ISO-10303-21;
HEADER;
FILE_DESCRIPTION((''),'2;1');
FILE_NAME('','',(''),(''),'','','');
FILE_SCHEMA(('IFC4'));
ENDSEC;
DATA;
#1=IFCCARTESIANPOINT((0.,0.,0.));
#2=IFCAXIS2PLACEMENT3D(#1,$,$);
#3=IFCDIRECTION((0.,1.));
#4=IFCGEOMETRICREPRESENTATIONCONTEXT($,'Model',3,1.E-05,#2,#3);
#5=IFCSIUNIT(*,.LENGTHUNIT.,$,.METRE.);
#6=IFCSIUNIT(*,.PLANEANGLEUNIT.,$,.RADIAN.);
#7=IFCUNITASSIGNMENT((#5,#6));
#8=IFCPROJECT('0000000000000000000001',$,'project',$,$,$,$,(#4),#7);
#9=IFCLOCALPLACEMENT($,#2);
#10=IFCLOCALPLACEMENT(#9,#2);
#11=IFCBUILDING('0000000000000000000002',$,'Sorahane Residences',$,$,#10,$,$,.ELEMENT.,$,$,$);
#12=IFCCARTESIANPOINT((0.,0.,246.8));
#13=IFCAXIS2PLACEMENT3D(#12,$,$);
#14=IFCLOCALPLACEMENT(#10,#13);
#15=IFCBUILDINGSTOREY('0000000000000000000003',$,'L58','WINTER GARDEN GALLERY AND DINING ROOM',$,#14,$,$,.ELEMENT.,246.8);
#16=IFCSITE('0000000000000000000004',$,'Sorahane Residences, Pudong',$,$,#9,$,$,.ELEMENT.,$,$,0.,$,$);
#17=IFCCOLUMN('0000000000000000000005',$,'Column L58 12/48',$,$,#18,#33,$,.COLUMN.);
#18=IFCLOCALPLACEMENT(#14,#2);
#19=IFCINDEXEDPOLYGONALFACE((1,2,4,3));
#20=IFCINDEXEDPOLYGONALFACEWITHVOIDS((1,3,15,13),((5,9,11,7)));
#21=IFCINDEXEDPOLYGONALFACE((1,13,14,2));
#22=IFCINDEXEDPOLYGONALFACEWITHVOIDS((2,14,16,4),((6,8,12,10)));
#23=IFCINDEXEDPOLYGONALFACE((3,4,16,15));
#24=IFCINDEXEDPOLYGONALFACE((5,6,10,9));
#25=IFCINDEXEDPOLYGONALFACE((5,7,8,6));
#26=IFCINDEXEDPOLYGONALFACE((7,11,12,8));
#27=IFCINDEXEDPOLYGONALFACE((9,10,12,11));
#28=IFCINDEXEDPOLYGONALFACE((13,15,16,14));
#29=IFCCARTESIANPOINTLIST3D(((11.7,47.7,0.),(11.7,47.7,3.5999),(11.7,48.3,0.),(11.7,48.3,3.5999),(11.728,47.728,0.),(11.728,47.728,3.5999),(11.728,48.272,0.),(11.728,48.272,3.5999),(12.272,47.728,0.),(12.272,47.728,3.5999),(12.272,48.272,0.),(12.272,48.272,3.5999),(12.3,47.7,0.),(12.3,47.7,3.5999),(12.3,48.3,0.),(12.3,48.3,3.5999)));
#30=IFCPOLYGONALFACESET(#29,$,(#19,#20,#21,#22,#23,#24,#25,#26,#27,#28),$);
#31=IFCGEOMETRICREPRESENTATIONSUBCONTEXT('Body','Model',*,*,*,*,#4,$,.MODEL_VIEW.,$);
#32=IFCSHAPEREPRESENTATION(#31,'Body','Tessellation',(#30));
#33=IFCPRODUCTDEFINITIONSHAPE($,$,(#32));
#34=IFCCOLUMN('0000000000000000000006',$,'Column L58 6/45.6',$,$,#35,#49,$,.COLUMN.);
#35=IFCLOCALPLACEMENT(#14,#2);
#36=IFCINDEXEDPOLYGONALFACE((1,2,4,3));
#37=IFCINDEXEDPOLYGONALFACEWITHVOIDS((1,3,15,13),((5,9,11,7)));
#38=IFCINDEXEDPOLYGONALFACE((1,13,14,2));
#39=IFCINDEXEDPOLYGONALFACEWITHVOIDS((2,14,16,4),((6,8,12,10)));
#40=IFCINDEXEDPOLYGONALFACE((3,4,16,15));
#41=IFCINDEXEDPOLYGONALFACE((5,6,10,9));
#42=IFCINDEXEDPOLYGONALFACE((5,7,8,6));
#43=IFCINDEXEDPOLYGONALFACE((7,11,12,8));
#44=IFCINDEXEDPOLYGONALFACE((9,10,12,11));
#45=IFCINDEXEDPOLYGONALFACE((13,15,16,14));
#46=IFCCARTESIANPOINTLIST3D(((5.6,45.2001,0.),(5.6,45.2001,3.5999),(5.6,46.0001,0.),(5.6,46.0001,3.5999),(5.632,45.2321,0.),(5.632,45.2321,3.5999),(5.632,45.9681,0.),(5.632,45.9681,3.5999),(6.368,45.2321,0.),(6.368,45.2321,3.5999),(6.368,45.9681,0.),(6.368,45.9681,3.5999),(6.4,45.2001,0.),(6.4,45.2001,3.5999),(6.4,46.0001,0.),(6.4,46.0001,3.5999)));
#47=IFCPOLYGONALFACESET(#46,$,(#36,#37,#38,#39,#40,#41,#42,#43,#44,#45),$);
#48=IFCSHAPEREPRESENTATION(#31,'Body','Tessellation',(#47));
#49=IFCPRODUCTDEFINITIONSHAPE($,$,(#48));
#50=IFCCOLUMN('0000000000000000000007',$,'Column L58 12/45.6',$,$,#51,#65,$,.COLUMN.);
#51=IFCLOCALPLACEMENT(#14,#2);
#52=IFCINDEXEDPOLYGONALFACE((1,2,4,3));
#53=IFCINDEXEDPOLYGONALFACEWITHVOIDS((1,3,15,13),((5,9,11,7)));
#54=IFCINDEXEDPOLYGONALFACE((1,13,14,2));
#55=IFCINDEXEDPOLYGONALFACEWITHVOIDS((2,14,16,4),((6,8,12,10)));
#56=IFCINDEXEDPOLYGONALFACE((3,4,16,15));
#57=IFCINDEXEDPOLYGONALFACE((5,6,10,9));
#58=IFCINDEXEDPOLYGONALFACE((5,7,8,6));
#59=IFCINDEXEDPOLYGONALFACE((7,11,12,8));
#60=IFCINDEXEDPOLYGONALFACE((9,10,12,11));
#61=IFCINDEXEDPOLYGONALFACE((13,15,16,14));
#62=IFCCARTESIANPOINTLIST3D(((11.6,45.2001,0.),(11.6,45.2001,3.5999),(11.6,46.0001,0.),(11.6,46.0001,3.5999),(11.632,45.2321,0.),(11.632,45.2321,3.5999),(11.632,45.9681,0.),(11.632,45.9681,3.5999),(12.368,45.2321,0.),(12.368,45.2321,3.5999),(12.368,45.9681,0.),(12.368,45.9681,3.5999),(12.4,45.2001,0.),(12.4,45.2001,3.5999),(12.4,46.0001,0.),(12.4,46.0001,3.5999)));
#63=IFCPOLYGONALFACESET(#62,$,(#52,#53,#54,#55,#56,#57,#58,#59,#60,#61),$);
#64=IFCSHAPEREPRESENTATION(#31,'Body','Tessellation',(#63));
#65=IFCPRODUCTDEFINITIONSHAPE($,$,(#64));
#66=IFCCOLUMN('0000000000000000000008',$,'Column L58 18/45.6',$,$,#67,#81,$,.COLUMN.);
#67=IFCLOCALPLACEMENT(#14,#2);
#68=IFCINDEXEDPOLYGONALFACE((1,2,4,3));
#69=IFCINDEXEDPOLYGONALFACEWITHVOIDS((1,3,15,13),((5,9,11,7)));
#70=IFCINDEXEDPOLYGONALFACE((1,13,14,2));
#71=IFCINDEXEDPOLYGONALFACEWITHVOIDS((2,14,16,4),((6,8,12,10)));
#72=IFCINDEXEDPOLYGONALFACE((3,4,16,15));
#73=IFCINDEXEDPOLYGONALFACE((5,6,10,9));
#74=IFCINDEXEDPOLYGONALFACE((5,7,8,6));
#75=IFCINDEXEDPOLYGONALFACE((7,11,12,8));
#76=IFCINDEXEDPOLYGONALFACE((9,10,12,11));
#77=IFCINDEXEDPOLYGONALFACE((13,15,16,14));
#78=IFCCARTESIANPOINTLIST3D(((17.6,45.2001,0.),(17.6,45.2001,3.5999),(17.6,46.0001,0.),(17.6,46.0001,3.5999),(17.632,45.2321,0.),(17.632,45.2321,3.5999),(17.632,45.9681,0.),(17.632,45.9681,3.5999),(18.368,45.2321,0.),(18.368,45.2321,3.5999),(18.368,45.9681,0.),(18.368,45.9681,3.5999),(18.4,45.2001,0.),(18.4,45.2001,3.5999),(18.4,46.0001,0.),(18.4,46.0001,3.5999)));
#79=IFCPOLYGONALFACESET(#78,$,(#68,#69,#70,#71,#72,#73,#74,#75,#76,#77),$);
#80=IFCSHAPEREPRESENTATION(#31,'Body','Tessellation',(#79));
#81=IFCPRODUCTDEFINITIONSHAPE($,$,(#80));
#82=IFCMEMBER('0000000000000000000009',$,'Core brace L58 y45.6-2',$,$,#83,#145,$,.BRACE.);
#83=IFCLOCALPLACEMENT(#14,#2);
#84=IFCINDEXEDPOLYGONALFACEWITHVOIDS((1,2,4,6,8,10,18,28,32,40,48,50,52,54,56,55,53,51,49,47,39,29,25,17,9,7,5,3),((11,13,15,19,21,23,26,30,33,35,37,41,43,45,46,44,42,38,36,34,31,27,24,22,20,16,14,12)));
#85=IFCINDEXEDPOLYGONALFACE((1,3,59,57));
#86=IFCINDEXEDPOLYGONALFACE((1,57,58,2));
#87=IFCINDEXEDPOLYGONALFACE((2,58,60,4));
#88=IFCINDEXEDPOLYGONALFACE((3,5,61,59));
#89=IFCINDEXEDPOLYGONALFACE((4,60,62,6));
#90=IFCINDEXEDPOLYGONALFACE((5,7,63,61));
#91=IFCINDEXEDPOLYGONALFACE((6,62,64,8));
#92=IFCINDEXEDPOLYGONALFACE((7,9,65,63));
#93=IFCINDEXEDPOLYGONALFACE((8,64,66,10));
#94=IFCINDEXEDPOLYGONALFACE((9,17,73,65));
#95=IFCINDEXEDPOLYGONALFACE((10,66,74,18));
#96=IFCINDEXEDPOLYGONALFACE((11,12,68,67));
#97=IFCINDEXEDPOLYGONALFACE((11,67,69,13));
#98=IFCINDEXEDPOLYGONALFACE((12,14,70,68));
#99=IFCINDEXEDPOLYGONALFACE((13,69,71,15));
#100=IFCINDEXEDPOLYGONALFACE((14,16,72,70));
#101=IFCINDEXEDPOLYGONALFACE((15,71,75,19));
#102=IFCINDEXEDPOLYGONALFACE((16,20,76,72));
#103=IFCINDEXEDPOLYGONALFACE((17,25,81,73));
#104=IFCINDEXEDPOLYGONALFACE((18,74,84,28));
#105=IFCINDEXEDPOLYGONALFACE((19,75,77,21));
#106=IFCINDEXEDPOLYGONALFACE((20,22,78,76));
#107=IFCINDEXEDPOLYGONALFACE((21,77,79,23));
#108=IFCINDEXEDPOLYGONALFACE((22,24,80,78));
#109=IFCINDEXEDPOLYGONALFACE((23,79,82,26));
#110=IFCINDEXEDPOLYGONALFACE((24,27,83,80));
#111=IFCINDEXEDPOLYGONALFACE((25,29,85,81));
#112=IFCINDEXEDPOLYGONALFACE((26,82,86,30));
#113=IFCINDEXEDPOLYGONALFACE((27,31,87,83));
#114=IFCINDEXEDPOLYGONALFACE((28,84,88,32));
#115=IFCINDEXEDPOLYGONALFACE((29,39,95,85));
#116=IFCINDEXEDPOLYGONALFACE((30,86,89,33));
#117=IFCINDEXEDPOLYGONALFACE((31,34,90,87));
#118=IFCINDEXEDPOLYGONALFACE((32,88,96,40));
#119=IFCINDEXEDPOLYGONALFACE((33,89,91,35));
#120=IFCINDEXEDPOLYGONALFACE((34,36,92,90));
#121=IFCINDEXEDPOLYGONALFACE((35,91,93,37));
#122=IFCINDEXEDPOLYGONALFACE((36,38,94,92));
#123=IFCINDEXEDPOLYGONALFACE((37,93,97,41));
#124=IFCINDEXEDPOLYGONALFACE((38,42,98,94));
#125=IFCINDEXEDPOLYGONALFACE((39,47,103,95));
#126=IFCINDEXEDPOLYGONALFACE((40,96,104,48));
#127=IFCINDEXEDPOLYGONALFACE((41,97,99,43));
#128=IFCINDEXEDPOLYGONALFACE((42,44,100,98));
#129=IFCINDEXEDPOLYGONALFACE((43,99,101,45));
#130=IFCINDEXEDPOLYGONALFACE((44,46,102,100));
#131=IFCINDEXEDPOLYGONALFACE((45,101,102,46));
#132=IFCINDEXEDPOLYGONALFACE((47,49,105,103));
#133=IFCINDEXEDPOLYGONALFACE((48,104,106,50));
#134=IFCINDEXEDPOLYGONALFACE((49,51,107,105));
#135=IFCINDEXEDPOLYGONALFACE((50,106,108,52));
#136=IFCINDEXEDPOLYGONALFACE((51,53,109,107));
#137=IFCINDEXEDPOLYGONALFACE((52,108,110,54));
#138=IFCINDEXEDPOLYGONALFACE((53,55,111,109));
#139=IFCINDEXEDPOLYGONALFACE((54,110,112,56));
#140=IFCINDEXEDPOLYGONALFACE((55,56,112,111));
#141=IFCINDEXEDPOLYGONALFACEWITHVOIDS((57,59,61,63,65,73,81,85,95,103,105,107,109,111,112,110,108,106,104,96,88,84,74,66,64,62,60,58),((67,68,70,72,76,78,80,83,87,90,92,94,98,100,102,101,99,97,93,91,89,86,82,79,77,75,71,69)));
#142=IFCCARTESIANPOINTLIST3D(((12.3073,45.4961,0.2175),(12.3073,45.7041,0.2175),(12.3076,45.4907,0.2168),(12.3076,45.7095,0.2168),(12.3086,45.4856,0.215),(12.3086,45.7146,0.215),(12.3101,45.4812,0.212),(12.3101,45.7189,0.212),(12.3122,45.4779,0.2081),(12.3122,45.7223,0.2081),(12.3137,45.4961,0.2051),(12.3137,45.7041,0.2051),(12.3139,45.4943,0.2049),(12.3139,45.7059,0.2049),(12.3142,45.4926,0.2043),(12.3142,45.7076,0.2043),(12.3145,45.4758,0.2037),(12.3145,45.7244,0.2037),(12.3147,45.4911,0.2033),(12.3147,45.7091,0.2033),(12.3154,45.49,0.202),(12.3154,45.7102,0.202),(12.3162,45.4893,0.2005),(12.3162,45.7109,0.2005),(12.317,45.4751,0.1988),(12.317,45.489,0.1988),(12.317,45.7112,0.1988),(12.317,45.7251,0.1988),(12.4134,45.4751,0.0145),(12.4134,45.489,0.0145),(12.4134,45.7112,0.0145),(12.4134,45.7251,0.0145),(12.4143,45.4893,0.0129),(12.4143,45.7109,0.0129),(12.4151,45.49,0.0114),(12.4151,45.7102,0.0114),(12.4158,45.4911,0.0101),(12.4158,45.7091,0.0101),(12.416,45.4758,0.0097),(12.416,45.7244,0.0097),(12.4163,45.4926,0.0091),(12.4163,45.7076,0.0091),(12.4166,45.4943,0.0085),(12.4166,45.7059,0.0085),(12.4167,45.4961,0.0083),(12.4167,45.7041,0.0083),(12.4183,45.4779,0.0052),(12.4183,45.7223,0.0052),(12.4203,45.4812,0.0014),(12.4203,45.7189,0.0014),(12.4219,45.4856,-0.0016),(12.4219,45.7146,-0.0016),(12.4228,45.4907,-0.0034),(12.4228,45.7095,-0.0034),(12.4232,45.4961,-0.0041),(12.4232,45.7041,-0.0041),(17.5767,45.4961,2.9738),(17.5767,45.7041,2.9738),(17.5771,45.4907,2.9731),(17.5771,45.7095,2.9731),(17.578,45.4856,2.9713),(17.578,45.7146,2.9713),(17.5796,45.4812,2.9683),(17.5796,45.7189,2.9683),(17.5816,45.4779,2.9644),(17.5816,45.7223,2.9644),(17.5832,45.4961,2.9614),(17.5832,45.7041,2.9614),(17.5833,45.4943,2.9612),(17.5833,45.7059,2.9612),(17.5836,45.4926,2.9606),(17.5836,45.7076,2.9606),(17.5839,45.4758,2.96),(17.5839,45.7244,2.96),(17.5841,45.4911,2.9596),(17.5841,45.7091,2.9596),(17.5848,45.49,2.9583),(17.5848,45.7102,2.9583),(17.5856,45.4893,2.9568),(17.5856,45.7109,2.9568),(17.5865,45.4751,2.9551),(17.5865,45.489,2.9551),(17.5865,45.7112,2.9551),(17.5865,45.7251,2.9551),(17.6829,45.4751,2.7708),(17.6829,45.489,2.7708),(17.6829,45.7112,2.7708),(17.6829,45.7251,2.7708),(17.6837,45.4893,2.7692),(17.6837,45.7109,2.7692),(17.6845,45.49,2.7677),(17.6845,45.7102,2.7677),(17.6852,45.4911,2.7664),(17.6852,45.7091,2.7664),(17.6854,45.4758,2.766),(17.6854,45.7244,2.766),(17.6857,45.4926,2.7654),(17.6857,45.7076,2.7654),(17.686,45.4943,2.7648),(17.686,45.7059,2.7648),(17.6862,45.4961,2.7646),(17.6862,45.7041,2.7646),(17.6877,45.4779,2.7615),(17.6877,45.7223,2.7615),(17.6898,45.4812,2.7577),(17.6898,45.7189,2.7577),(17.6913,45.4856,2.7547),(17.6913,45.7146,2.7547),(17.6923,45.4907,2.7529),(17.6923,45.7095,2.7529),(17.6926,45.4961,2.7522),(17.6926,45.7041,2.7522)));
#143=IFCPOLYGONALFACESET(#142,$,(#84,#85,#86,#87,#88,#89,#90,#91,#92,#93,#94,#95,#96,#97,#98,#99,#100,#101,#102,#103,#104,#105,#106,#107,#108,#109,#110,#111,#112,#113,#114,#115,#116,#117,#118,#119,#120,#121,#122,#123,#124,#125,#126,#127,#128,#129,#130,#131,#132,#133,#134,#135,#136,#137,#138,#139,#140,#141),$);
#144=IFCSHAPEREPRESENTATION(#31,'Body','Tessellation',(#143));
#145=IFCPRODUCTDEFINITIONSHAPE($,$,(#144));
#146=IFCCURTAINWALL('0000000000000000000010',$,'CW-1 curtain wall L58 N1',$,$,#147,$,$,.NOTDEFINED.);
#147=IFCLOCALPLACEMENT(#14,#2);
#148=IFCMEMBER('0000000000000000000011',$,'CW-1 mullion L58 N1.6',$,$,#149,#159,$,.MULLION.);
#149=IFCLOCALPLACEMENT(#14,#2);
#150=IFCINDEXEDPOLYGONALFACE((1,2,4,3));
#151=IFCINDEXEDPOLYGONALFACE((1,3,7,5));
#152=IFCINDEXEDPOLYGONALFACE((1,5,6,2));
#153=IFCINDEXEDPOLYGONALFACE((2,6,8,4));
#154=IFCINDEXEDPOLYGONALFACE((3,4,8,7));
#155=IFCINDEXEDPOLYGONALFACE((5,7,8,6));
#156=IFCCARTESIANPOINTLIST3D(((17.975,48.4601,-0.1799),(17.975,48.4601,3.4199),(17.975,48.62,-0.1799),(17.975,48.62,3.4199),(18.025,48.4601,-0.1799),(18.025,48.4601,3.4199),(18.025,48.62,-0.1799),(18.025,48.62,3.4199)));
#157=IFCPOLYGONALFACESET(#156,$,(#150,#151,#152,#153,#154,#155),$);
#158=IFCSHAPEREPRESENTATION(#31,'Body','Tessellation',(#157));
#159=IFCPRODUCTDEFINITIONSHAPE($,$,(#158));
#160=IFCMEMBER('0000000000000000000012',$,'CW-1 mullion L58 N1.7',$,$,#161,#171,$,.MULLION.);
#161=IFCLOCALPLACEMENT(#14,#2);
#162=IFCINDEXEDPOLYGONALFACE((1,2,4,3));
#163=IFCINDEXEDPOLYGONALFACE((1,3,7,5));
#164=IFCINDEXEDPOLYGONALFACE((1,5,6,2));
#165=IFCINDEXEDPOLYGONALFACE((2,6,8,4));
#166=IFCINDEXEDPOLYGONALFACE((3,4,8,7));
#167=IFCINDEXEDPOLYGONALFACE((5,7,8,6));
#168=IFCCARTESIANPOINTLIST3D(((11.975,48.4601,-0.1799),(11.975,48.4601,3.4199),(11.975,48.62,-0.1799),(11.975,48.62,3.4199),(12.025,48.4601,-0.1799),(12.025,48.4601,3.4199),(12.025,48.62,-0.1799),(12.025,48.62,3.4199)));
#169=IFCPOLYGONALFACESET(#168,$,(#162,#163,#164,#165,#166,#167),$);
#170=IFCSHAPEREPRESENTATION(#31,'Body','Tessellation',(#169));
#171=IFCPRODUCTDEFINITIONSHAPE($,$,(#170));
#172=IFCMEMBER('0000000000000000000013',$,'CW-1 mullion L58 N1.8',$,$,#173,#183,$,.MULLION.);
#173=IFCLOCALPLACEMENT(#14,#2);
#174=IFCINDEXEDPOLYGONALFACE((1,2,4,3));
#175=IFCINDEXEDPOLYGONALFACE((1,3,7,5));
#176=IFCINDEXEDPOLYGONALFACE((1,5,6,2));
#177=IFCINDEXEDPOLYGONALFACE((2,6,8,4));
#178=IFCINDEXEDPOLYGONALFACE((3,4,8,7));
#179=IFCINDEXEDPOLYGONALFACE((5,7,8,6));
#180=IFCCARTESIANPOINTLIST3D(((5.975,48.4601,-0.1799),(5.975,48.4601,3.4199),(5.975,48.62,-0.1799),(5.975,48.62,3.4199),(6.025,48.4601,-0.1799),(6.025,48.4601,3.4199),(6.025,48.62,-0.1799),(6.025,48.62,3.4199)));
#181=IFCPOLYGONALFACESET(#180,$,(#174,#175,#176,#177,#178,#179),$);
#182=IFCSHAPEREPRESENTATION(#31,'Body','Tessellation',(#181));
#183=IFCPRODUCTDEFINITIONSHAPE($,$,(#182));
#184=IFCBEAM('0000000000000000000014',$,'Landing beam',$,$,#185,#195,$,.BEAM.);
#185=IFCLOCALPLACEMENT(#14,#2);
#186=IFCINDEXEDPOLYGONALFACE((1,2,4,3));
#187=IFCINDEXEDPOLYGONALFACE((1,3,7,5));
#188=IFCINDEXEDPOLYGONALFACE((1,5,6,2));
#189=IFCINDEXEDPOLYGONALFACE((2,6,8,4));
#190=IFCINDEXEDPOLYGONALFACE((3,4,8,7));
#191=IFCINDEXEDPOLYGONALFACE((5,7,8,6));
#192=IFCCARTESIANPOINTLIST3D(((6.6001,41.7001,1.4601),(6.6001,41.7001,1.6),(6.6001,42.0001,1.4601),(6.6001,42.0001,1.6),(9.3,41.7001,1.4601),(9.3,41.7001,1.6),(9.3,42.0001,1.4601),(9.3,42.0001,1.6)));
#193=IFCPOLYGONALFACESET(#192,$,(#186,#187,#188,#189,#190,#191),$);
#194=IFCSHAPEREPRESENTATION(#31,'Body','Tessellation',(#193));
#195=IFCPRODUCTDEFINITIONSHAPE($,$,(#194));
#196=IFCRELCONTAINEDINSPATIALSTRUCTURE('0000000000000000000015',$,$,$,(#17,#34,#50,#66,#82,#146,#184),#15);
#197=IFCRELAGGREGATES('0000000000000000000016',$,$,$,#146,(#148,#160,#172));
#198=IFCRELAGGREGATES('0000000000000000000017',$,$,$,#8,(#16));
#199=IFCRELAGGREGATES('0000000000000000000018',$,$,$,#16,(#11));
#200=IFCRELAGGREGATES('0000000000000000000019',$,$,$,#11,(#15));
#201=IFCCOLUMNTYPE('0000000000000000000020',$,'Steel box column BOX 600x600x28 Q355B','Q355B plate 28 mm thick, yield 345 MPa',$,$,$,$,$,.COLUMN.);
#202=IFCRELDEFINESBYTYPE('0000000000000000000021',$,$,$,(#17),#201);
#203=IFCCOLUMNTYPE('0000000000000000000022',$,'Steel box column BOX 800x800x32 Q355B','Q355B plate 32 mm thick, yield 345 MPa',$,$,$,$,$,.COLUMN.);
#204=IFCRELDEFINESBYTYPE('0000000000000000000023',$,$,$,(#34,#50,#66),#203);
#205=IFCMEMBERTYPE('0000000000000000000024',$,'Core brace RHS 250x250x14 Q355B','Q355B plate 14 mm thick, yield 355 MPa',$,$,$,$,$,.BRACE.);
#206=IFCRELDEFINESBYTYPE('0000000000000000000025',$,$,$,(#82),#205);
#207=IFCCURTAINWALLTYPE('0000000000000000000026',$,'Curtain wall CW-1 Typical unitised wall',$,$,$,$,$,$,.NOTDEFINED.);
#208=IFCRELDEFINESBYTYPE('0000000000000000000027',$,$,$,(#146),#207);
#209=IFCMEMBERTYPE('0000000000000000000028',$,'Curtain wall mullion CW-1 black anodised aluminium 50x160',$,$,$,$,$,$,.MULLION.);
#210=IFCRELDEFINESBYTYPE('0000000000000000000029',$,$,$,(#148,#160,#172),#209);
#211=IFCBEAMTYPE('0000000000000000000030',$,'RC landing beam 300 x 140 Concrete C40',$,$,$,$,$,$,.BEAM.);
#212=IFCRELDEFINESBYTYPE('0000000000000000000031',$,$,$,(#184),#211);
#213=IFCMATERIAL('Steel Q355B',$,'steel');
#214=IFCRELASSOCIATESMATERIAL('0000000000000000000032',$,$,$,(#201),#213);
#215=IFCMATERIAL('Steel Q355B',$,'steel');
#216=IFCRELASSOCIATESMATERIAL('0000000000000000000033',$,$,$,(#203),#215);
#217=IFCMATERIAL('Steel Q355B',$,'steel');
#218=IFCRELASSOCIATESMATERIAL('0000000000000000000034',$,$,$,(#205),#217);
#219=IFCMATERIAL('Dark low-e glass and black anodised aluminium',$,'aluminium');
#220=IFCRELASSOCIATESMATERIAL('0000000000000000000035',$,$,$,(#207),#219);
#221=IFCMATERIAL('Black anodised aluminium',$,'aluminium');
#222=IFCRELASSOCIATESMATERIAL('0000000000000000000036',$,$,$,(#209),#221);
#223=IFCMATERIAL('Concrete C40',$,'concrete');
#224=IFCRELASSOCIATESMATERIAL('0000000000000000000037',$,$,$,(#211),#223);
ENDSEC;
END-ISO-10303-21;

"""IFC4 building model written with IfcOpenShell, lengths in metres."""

from ifc_helpers import new_model, si_unit, direction, frame, origin, origin_2d, place, context, subcontext, project, spatial, rectangle, hollow_rectangle, extrude, material, material_profile, profile_set, type_object, element, aggregate, save


model = new_model("IFC4")

# Units and contexts
model_context = context("Model", 3, precision=1e-05, world=origin(), true_north=direction((0.0, 1.0)))
body_context = subcontext(model_context, "Body", "Model", "MODEL_VIEW")
ifc_project = project(units=[si_unit("LENGTHUNIT", "METRE"), si_unit("PLANEANGLEUNIT", "RADIAN")], contexts=[model_context])

# Site, building, storey
site_placement = place(None, origin())
site = spatial("IfcSite", under=ifc_project, at=site_placement, Name="Sorahane Residences, Pudong", CompositionType="ELEMENT", RefElevation=0.0)
building_placement = place(site_placement, origin())
building = spatial("IfcBuilding", under=site, at=building_placement, Name="Sorahane Residences", CompositionType="ELEMENT")
storey_placement = place(building_placement, frame((0.0, 0.0, 246.8)))
storey = spatial("IfcBuildingStorey", under=building, at=storey_placement, Name="L58", Description="WINTER GARDEN GALLERY AND DINING ROOM", CompositionType="ELEMENT", Elevation=246.8)

# Columns
ifc_material_1 = material(Name="Steel Q355B", Category="steel")
ifc_material_profile_1 = material_profile(ifc_material_1, hollow_rectangle(XDim=0.6001, YDim=0.6001, WallThickness=0.0281, at=origin_2d()), Name="BOX 600x600x28")
ifc_profile_set_1 = profile_set([ifc_material_profile_1], Name="Steel Q355B")
column_type_1 = type_object("IfcColumnType", Name="Steel box column BOX 600x600x28 Q355B", Description="Q355B plate 28 mm thick, yield 345 MPa", PredefinedType="COLUMN", material=ifc_profile_set_1)
column_placement = place(storey_placement, frame((12.0, 48.0, 0.0), z_axis=(0.0, 0.0, 1.0), x_axis=(1.0, 0.0, 0.0)))
element("IfcColumn", 1, at=column_placement, inside=storey, type_object=column_type_1, Name="Column L58 12/48", PredefinedType="COLUMN", context=body_context, shape_type="SweptSolid", body=[
    extrude(hollow_rectangle(XDim=0.6001, YDim=0.6001, WallThickness=0.0281, at=origin_2d()), origin(), (0.0, 0.0, 1.0), 3.5999),
])
ifc_material_2 = material(Name="Steel Q355B", Category="steel")
ifc_material_profile_2 = material_profile(ifc_material_2, hollow_rectangle(XDim=0.8, YDim=0.8, WallThickness=0.032, at=origin_2d()), Name="BOX 800x800x32")
ifc_profile_set_2 = profile_set([ifc_material_profile_2], Name="Steel Q355B")
column_type_2 = type_object("IfcColumnType", Name="Steel box column BOX 800x800x32 Q355B", Description="Q355B plate 32 mm thick, yield 345 MPa", PredefinedType="COLUMN", material=ifc_profile_set_2)
for number, where, z_axis, x_axis, name in (
    (2, (6.0, 45.6001, 0.0), (0.0, 0.0, 1.0), (1.0, 0.0, 0.0), "Column L58 6/45.6"),
    (3, (12.0, 45.6001, 0.0), (0.0, 0.0, 1.0), (1.0, 0.0, 0.0), "Column L58 12/45.6"),
    (4, (18.0, 45.6001, 0.0), (0.0, 0.0, 1.0), (1.0, 0.0, 0.0), "Column L58 18/45.6"),
):
    element("IfcColumn", number, at=place(storey_placement, frame(where, z_axis=z_axis, x_axis=x_axis)), inside=storey, type_object=column_type_2, Name=name, PredefinedType="COLUMN", context=body_context, shape_type="SweptSolid", body=[
        extrude(hollow_rectangle(XDim=0.8, YDim=0.8, WallThickness=0.032, at=origin_2d()), origin(), (0.0, 0.0, 1.0), 3.5999),
    ])

# Member
ifc_material_3 = material(Name="Steel Q355B", Category="steel")
ifc_material_profile_3 = material_profile(ifc_material_3, hollow_rectangle(XDim=0.25, YDim=0.25, WallThickness=0.0139, InnerFilletRadius=0.0071, OuterFilletRadius=0.021, at=origin_2d()), Name="RHS 250x250x14")
ifc_profile_set_3 = profile_set([ifc_material_profile_3], Name="Steel Q355B")
member_type_1 = type_object("IfcMemberType", Name="Core brace RHS 250x250x14 Q355B", Description="Q355B plate 14 mm thick, yield 355 MPa", PredefinedType="BRACE", material=ifc_profile_set_3)
member_1_placement = place(storey_placement, frame((12.3652, 45.6001, 0.1067), z_axis=(0.8861, 0.0, 0.463495), x_axis=(0.0, 1.0, 0.0)))
element("IfcMember", 5, at=member_1_placement, inside=storey, type_object=member_type_1, Name="Core brace L58 y45.6-2", PredefinedType="BRACE", context=body_context, shape_type="SweptSolid", body=[
    extrude(hollow_rectangle(XDim=0.25, YDim=0.25, WallThickness=0.0139, InnerFilletRadius=0.0071, OuterFilletRadius=0.021, at=origin_2d()), origin(), (0.0, 0.0, 1.0), 5.9468),
])

# Curtain wall, members
ifc_material_4 = material(Name="Dark low-e glass and black anodised aluminium", Category="aluminium")
curtain_wall_type = type_object("IfcCurtainWallType", Name="Curtain wall CW-1 Typical unitised wall", PredefinedType="NOTDEFINED", material=ifc_material_4)
curtain_wall_placement = place(storey_placement, origin())
curtain_wall = element("IfcCurtainWall", 6, at=curtain_wall_placement, inside=storey, type_object=curtain_wall_type, Name="CW-1 curtain wall L58 N1", PredefinedType="NOTDEFINED")
ifc_material_5 = material(Name="Black anodised aluminium", Category="aluminium")
ifc_material_profile_4 = material_profile(ifc_material_5, rectangle(XDim=0.1599, YDim=0.05, at=origin_2d()), Name="Curtain wall mullion CW-1 black anodised aluminium 50x160")
ifc_profile_set_4 = profile_set([ifc_material_profile_4], Name="Black anodised aluminium")
member_type_2 = type_object("IfcMemberType", Name="Curtain wall mullion CW-1 black anodised aluminium 50x160", PredefinedType="MULLION", material=ifc_profile_set_4)
member_2_placement = place(storey_placement, frame((18.0, 48.54, -0.1799), z_axis=(0.0, 0.0, 1.0), x_axis=(0.0, 1.0, 0.0)))
member_2 = element("IfcMember", 7, at=member_2_placement, type_object=member_type_2, Name="CW-1 mullion L58 N1.6", PredefinedType="MULLION", context=body_context, shape_type="SweptSolid", body=[
    extrude(rectangle(XDim=0.1599, YDim=0.05, at=origin_2d()), origin(), (0.0, 0.0, 1.0), 3.5999),
])
member_3_placement = place(storey_placement, frame((12.0, 48.54, -0.1799), z_axis=(0.0, 0.0, 1.0), x_axis=(0.0, 1.0, 0.0)))
member_3 = element("IfcMember", 8, at=member_3_placement, type_object=member_type_2, Name="CW-1 mullion L58 N1.7", PredefinedType="MULLION", context=body_context, shape_type="SweptSolid", body=[
    extrude(rectangle(XDim=0.1599, YDim=0.05, at=origin_2d()), origin(), (0.0, 0.0, 1.0), 3.5999),
])
member_4_placement = place(storey_placement, frame((6.0, 48.54, -0.1799), z_axis=(0.0, 0.0, 1.0), x_axis=(0.0, 1.0, 0.0)))
member_4 = element("IfcMember", 9, at=member_4_placement, type_object=member_type_2, Name="CW-1 mullion L58 N1.8", PredefinedType="MULLION", context=body_context, shape_type="SweptSolid", body=[
    extrude(rectangle(XDim=0.1599, YDim=0.05, at=origin_2d()), origin(), (0.0, 0.0, 1.0), 3.5999),
])

# Beam
ifc_material_6 = material(Name="Concrete C40", Category="concrete")
ifc_material_profile_5 = material_profile(ifc_material_6, rectangle(XDim=0.3, YDim=0.1399, at=origin_2d()), Name="300x140")
ifc_profile_set_5 = profile_set([ifc_material_profile_5], Name="Concrete C40")
beam_type_1 = type_object("IfcBeamType", Name="RC landing beam 300 x 140 Concrete C40", PredefinedType="BEAM", material=ifc_profile_set_5)
for number, where, z_axis, x_axis, name in (
    (10, (6.6001, 41.8501, 1.53), (1.0, 0.0, 0.0), (0.0, 1.0, 0.0), "Landing beam"),
):
    element("IfcBeam", number, at=place(storey_placement, frame(where, z_axis=z_axis, x_axis=x_axis)), inside=storey, type_object=beam_type_1, Name=name, PredefinedType="BEAM", context=body_context, shape_type="SweptSolid", body=[
        extrude(rectangle(XDim=0.3, YDim=0.1399, at=origin_2d()), origin(), (0.0, 0.0, 1.0), 2.7),
    ])

aggregate(curtain_wall, [member_2, member_3, member_4])

save(model, "model.ifc")
